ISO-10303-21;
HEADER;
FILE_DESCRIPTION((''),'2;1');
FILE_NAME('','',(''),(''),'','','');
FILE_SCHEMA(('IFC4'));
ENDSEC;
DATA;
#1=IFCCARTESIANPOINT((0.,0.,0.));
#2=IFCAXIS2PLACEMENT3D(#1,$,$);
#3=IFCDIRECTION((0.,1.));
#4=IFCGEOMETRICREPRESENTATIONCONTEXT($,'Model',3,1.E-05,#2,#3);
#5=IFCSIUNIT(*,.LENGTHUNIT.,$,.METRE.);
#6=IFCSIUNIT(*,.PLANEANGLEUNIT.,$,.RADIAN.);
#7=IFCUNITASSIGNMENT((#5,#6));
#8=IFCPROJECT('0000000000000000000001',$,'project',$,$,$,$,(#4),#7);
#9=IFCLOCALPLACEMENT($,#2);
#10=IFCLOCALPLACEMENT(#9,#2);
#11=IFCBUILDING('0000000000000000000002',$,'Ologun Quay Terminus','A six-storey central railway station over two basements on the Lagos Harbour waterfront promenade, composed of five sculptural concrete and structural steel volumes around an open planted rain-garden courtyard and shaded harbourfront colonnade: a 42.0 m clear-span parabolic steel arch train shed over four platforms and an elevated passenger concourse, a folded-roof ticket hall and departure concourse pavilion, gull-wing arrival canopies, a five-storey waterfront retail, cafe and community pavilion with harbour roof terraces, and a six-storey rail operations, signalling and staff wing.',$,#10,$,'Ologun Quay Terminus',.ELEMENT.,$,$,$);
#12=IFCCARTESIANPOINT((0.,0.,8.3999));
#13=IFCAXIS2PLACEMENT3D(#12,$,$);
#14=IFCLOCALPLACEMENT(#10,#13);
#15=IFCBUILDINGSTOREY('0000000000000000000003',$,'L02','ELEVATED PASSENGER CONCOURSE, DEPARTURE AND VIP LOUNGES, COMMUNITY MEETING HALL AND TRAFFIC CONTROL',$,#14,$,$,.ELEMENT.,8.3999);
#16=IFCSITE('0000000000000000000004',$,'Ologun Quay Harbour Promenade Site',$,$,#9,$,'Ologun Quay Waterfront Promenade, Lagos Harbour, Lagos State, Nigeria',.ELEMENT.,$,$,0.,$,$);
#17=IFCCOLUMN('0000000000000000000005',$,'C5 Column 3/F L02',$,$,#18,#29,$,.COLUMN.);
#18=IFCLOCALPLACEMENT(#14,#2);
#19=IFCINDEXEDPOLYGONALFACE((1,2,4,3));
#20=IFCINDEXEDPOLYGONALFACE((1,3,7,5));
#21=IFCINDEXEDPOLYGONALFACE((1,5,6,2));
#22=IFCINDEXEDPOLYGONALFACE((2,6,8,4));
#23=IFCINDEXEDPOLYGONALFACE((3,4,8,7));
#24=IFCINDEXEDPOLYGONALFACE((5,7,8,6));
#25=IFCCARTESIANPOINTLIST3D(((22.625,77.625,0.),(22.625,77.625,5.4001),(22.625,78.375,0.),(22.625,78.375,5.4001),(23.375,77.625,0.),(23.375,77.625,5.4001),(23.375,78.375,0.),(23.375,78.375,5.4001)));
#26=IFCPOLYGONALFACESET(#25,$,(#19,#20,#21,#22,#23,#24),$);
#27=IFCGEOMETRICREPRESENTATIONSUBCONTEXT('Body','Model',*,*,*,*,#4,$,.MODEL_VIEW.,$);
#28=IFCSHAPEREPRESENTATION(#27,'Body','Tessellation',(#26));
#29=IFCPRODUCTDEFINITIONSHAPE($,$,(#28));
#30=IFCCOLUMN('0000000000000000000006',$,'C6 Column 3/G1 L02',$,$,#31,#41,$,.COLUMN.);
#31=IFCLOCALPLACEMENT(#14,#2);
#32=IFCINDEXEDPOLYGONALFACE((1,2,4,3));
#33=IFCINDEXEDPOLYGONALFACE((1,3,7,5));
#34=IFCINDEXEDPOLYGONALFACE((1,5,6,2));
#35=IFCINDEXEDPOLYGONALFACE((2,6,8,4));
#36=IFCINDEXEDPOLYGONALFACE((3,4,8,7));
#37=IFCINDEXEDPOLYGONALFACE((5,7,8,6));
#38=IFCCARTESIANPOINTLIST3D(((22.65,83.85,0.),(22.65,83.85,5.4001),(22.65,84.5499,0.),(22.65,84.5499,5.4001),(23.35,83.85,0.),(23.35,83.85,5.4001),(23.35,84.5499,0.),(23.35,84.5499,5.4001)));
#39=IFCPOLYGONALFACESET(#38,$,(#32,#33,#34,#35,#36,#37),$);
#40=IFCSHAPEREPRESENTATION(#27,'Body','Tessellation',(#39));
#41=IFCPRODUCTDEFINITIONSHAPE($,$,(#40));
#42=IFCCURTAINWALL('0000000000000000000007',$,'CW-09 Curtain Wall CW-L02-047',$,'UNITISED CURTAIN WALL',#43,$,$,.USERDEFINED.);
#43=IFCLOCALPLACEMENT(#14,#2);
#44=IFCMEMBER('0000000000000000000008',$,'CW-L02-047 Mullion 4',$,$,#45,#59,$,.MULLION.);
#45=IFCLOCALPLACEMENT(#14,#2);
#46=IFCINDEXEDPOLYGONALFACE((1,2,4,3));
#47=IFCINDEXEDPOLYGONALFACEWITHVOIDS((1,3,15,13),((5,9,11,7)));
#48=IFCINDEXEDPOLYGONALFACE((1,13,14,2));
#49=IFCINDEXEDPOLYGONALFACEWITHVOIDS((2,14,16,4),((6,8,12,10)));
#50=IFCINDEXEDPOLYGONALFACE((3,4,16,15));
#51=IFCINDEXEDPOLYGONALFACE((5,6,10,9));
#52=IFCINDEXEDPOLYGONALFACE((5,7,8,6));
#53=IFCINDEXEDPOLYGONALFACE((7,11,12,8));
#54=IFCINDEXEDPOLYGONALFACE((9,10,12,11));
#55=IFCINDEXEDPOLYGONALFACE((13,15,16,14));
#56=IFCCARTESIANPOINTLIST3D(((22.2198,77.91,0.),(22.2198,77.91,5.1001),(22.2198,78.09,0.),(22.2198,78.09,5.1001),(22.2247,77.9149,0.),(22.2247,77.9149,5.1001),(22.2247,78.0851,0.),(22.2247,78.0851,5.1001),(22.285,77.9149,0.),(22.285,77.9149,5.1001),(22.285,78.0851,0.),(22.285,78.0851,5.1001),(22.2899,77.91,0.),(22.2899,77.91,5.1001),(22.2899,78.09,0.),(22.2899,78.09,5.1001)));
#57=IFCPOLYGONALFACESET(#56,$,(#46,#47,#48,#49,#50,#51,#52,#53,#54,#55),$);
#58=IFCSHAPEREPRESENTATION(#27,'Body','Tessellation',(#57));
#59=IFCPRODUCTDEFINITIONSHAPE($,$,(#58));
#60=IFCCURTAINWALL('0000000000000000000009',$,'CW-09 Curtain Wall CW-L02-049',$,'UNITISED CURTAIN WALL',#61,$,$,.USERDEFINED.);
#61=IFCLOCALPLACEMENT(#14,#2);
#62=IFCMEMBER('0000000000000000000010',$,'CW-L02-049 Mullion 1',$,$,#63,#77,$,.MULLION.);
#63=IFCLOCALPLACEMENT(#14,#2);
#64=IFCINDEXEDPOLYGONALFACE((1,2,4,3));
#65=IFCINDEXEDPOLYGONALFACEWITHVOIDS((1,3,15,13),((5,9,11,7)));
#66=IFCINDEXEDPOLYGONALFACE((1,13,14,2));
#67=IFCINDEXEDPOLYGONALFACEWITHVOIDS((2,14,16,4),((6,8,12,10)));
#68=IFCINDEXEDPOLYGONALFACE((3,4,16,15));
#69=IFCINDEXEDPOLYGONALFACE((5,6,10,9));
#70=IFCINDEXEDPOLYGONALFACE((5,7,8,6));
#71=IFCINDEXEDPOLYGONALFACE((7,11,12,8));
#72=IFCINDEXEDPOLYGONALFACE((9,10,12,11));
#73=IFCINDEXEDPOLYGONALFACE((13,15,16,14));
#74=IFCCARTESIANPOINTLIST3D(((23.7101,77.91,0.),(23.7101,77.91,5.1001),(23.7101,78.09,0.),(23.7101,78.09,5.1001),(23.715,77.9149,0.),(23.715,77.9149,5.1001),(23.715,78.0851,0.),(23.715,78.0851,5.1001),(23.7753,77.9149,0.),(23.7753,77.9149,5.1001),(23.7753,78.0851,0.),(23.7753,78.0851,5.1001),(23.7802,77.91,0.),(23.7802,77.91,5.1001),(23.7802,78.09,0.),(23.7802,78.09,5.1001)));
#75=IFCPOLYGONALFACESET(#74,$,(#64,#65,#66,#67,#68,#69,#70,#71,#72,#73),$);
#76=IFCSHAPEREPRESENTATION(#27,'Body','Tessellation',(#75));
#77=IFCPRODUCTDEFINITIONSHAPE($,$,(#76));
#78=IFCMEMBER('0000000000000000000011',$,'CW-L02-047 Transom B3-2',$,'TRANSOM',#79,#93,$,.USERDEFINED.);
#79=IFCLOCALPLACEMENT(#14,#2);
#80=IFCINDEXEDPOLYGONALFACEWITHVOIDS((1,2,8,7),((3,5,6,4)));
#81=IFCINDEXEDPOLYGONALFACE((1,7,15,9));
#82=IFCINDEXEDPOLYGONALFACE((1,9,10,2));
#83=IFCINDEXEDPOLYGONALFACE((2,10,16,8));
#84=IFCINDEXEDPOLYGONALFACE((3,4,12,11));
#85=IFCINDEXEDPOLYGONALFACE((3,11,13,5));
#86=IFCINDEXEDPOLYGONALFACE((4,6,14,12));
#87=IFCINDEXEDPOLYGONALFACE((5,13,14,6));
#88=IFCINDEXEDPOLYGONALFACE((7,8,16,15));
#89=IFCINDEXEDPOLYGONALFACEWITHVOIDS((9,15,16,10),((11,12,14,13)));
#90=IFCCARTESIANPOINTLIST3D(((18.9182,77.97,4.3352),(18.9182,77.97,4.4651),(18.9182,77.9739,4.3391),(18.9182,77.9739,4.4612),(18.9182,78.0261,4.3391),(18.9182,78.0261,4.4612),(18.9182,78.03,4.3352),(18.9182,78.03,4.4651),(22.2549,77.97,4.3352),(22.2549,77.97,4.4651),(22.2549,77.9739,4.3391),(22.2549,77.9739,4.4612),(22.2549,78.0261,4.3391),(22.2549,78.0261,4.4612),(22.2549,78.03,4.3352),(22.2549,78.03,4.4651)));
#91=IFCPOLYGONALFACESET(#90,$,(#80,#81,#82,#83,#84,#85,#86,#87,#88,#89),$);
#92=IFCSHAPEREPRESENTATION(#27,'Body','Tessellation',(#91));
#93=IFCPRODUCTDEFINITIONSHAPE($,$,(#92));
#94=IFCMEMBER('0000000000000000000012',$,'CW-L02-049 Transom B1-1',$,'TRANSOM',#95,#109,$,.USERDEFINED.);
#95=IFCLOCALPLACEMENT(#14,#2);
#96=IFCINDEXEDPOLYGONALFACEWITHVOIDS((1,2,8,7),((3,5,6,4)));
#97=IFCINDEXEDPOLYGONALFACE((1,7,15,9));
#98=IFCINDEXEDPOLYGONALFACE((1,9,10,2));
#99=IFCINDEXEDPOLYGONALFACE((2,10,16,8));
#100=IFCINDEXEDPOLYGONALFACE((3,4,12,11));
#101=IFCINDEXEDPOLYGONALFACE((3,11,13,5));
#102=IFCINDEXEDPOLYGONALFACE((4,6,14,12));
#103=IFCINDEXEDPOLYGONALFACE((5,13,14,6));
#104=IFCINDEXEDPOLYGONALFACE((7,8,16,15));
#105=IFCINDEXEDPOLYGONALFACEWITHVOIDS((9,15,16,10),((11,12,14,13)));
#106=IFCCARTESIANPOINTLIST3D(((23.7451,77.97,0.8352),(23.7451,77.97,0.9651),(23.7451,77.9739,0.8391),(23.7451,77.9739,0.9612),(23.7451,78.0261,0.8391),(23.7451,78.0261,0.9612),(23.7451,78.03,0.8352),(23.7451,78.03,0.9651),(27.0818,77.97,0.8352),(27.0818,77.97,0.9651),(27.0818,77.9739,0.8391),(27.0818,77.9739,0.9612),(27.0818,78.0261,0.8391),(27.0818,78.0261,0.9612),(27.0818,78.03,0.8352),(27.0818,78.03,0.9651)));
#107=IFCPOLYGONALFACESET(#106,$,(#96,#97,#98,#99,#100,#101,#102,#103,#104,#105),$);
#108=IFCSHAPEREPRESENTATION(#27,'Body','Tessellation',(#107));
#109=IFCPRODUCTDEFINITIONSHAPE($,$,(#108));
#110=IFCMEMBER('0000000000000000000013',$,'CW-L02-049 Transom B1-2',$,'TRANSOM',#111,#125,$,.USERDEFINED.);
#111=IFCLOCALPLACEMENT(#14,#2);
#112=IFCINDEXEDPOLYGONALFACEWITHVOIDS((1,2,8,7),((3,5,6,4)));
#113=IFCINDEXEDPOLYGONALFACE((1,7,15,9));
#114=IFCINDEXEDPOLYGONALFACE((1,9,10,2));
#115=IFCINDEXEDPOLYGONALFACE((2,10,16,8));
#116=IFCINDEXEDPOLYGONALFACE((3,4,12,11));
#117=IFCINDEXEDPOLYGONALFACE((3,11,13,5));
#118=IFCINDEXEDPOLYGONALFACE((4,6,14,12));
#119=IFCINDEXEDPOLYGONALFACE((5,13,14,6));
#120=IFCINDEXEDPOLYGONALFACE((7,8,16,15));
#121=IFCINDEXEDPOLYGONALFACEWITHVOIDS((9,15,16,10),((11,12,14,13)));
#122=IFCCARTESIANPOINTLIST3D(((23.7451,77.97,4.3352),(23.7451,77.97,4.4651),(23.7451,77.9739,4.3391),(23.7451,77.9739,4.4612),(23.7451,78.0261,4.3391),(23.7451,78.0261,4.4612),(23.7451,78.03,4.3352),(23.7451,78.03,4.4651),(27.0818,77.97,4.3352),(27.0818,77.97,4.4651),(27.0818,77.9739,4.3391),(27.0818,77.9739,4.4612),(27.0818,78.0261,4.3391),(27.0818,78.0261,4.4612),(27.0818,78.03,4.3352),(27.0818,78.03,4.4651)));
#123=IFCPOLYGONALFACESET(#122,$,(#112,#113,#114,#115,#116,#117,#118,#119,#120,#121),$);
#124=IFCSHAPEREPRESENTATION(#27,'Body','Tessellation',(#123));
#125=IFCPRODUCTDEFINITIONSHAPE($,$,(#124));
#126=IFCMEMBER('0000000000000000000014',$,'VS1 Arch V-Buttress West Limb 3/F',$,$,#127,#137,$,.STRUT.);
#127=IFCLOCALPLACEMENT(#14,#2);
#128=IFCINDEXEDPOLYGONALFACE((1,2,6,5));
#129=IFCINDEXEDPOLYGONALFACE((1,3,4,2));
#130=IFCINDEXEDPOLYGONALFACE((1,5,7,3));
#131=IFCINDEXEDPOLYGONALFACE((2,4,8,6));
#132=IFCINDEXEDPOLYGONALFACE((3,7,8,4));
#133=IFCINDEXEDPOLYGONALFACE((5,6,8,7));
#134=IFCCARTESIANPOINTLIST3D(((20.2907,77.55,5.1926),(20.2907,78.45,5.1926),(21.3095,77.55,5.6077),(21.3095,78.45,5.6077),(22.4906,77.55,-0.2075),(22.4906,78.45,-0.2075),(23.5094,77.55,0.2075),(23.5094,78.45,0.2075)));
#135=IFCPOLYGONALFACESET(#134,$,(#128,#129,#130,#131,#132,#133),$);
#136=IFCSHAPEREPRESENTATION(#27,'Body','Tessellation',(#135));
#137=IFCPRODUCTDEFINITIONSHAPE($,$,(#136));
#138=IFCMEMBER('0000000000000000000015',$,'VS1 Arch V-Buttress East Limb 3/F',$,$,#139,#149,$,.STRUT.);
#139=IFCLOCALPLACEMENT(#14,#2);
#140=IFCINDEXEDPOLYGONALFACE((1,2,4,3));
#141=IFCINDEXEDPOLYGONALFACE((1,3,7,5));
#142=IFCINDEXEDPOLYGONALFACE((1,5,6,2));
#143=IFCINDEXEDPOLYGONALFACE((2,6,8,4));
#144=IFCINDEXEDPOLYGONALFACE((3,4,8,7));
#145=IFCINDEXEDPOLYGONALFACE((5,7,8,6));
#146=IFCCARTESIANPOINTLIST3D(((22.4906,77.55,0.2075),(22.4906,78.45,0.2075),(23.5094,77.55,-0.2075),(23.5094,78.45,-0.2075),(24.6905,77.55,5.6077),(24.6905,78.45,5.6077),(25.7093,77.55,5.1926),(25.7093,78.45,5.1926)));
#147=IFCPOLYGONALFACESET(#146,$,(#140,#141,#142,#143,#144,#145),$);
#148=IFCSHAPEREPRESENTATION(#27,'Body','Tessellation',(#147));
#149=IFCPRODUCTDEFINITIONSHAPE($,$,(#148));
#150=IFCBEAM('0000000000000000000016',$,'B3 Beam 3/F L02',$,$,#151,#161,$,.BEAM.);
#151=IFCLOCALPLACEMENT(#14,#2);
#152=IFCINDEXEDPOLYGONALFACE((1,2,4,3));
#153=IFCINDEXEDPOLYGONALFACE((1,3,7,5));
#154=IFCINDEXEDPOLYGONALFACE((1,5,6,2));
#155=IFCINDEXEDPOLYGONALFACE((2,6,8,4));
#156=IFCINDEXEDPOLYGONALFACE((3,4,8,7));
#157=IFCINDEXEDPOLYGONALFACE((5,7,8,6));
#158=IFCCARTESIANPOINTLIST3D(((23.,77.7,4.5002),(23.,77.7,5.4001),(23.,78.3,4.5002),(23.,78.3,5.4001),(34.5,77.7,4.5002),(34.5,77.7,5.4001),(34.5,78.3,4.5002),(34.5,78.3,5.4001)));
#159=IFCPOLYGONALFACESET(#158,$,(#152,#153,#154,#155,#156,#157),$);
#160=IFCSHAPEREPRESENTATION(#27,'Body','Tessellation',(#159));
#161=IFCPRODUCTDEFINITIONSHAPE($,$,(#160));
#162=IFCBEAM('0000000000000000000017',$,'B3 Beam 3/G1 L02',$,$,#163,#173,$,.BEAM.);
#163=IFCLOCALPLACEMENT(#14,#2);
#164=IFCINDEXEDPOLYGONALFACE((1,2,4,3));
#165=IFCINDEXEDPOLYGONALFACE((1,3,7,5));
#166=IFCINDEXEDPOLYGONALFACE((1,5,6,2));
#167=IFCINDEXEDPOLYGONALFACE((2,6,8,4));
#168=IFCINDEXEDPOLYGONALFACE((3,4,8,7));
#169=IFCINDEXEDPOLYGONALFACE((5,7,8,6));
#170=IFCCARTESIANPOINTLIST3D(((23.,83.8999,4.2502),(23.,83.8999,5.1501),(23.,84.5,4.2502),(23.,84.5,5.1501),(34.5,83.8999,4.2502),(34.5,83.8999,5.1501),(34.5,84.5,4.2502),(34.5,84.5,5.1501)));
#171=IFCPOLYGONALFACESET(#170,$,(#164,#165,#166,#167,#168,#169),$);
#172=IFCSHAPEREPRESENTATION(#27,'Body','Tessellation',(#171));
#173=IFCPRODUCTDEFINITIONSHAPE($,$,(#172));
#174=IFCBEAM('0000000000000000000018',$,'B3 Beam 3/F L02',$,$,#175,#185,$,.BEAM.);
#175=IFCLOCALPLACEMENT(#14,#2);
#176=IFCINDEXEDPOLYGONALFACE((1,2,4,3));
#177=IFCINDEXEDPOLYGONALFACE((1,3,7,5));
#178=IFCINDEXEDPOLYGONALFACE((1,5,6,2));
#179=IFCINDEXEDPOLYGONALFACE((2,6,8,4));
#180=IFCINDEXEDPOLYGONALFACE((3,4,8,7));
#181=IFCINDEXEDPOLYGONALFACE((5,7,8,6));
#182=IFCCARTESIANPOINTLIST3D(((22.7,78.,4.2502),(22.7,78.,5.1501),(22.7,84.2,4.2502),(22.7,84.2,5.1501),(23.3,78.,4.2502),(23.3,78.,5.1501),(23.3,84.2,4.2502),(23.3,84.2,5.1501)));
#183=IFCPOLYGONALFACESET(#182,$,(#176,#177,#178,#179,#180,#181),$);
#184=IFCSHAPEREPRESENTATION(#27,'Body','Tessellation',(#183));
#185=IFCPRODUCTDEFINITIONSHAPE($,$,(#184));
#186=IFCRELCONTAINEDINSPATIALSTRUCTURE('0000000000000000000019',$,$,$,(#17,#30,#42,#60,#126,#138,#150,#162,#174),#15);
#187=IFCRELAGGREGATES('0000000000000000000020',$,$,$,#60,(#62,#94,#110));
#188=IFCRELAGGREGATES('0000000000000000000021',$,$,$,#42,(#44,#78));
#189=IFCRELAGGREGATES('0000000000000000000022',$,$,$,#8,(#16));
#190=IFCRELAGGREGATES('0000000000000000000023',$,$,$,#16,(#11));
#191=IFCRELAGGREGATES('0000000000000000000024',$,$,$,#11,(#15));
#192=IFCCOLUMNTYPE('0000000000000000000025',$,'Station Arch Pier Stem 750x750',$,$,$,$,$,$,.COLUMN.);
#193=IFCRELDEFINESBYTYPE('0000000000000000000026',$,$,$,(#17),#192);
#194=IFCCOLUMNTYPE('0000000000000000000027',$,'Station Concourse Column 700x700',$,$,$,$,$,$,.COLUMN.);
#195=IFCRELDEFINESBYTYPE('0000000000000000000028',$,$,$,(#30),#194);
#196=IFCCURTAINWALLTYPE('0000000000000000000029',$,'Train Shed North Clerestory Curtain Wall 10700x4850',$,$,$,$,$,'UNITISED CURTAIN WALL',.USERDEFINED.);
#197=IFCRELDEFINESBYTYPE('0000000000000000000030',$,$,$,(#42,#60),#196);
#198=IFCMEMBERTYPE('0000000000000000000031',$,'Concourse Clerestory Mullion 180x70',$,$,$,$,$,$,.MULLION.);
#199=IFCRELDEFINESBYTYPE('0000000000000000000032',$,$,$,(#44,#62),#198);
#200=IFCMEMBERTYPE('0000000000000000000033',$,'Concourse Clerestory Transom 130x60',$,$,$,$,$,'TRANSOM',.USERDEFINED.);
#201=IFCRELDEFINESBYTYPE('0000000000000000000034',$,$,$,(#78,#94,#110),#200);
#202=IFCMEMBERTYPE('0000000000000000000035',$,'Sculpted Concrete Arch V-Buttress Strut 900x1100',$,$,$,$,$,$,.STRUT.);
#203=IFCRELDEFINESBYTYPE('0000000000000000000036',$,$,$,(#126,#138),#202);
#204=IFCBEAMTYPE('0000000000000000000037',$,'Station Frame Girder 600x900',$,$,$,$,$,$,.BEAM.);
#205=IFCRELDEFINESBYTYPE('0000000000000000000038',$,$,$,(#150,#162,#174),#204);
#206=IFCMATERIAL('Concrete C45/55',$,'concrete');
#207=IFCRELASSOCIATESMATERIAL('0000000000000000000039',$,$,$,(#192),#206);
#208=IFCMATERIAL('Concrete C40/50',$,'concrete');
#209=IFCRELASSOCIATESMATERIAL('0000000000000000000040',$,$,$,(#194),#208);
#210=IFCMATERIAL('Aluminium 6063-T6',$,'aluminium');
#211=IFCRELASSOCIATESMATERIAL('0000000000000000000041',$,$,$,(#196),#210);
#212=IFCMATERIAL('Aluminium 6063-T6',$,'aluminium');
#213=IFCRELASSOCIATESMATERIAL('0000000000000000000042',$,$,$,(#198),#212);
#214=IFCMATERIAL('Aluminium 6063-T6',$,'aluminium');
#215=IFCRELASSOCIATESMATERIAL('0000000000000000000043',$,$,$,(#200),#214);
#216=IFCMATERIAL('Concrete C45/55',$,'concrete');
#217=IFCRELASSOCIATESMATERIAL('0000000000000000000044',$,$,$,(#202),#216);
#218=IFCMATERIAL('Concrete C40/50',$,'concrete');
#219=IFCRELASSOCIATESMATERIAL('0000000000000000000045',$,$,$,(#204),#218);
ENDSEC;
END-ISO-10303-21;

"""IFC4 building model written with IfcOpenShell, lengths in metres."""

from ifc_helpers import new_model, si_unit, direction, frame, origin, origin_2d, place, context, subcontext, project, spatial, rectangle, hollow_rectangle, extrude, material, material_profile, profile_set, type_object, element, aggregate, save


model = new_model("IFC4")

# Units and contexts
model_context = context("Model", 3, precision=1e-05, world=origin(), true_north=direction((0.0, 1.0)))
body_context = subcontext(model_context, "Body", "Model", "MODEL_VIEW")
ifc_project = project(units=[si_unit("LENGTHUNIT", "METRE"), si_unit("PLANEANGLEUNIT", "RADIAN")], contexts=[model_context])

# Site, building, storey
site_placement = place(None, origin())
site = spatial("IfcSite", under=ifc_project, at=site_placement, Name="Ologun Quay Harbour Promenade Site", LongName="Ologun Quay Waterfront Promenade, Lagos Harbour, Lagos State, Nigeria", CompositionType="ELEMENT", RefElevation=0.0)
building_placement = place(site_placement, origin())
building = spatial("IfcBuilding", under=site, at=building_placement, Name="Ologun Quay Terminus", Description="A six-storey central railway station over two basements on the Lagos Harbour waterfront promenade, composed of five sculptural concrete and structural steel volumes around an open planted rain-garden courtyard and shaded harbourfront colonnade: a 42.0 m clear-span parabolic steel arch train shed over four platforms and an elevated passenger concourse, a folded-roof ticket hall and departure concourse pavilion, gull-wing arrival canopies, a five-storey waterfront retail, cafe and community pavilion with harbour roof terraces, and a six-storey rail operations, signalling and staff wing.", LongName="Ologun Quay Terminus", CompositionType="ELEMENT")
storey_placement = place(building_placement, frame((0.0, 0.0, 8.3999)))
storey = spatial("IfcBuildingStorey", under=building, at=storey_placement, Name="L02", Description="ELEVATED PASSENGER CONCOURSE, DEPARTURE AND VIP LOUNGES, COMMUNITY MEETING HALL AND TRAFFIC CONTROL", CompositionType="ELEMENT", Elevation=8.3999)

# Columns
ifc_material_1 = material(Name="Concrete C45/55", Category="concrete")
ifc_material_profile_1 = material_profile(ifc_material_1, rectangle(XDim=0.75, YDim=0.75, at=origin_2d()), Name="RC 750x750")
ifc_profile_set_1 = profile_set([ifc_material_profile_1], Name="Concrete C45/55")
column_type_1 = type_object("IfcColumnType", Name="Station Arch Pier Stem 750x750", PredefinedType="COLUMN", material=ifc_profile_set_1)
column_1_placement = place(storey_placement, frame((23.0, 78.0, 0.0), z_axis=(0.0, 0.0, 1.0), x_axis=(1.0, 0.0, 0.0)))
element("IfcColumn", 1, at=column_1_placement, inside=storey, type_object=column_type_1, Name="C5 Column 3/F L02", PredefinedType="COLUMN", context=body_context, shape_type="SweptSolid", body=[
    extrude(rectangle(XDim=0.75, YDim=0.75, at=origin_2d()), origin(), (0.0, 0.0, 1.0), 5.4001),
])
ifc_material_2 = material(Name="Concrete C40/50", Category="concrete")
ifc_material_profile_2 = material_profile(ifc_material_2, rectangle(XDim=0.7, YDim=0.7, at=origin_2d()), Name="RC 700x700")
ifc_profile_set_2 = profile_set([ifc_material_profile_2], Name="Concrete C40/50")
column_type_2 = type_object("IfcColumnType", Name="Station Concourse Column 700x700", PredefinedType="COLUMN", material=ifc_profile_set_2)
column_2_placement = place(storey_placement, frame((23.0, 84.2, 0.0), z_axis=(0.0, 0.0, 1.0), x_axis=(1.0, 0.0, 0.0)))
element("IfcColumn", 2, at=column_2_placement, inside=storey, type_object=column_type_2, Name="C6 Column 3/G1 L02", PredefinedType="COLUMN", context=body_context, shape_type="SweptSolid", body=[
    extrude(rectangle(XDim=0.7, YDim=0.7, at=origin_2d()), origin(), (0.0, 0.0, 1.0), 5.4001),
])

# Curtain walls, members
ifc_material_3 = material(Name="Aluminium 6063-T6", Category="aluminium")
curtain_wall_type = type_object("IfcCurtainWallType", Name="Train Shed North Clerestory Curtain Wall 10700x4850", ElementType="UNITISED CURTAIN WALL", PredefinedType="USERDEFINED", material=ifc_material_3)
curtain_wall_1_placement = place(storey_placement, origin())
curtain_wall_1 = element("IfcCurtainWall", 3, at=curtain_wall_1_placement, inside=storey, type_object=curtain_wall_type, Name="CW-09 Curtain Wall CW-L02-047", ObjectType="UNITISED CURTAIN WALL", PredefinedType="USERDEFINED")
ifc_material_4 = material(Name="Aluminium 6063-T6", Category="aluminium")
ifc_material_profile_3 = material_profile(ifc_material_4, hollow_rectangle(XDim=0.0701, YDim=0.1799, WallThickness=0.0049, at=origin_2d()), Name="ALU 180x70x5")
ifc_profile_set_3 = profile_set([ifc_material_profile_3], Name="Aluminium 6063-T6")
member_type_1 = type_object("IfcMemberType", Name="Concourse Clerestory Mullion 180x70", PredefinedType="MULLION", material=ifc_profile_set_3)
member_1_placement = place(storey_placement, frame((22.2549, 78.0, 0.0), z_axis=(0.0, 0.0, 1.0), x_axis=(1.0, 0.0, 0.0)))
member_1 = element("IfcMember", 4, at=member_1_placement, type_object=member_type_1, Name="CW-L02-047 Mullion 4", PredefinedType="MULLION", context=body_context, shape_type="SweptSolid", body=[
    extrude(hollow_rectangle(XDim=0.0701, YDim=0.1799, WallThickness=0.0049, at=origin_2d()), origin(), (0.0, 0.0, 1.0), 5.1001),
])
curtain_wall_2_placement = place(storey_placement, origin())
curtain_wall_2 = element("IfcCurtainWall", 5, at=curtain_wall_2_placement, inside=storey, type_object=curtain_wall_type, Name="CW-09 Curtain Wall CW-L02-049", ObjectType="UNITISED CURTAIN WALL", PredefinedType="USERDEFINED")
member_2_placement = place(storey_placement, frame((23.7451, 78.0, 0.0), z_axis=(0.0, 0.0, 1.0), x_axis=(1.0, 0.0, 0.0)))
member_2 = element("IfcMember", 6, at=member_2_placement, type_object=member_type_1, Name="CW-L02-049 Mullion 1", PredefinedType="MULLION", context=body_context, shape_type="SweptSolid", body=[
    extrude(hollow_rectangle(XDim=0.0701, YDim=0.1799, WallThickness=0.0049, at=origin_2d()), origin(), (0.0, 0.0, 1.0), 5.1001),
])

# Members
ifc_material_5 = material(Name="Aluminium 6063-T6", Category="aluminium")
ifc_material_profile_4 = material_profile(ifc_material_5, hollow_rectangle(XDim=0.0601, YDim=0.1299, WallThickness=0.0039, at=origin_2d()), Name="ALU 130x60x4")
ifc_profile_set_4 = profile_set([ifc_material_profile_4], Name="Aluminium 6063-T6")
member_type_2 = type_object("IfcMemberType", Name="Concourse Clerestory Transom 130x60", ElementType="TRANSOM", PredefinedType="USERDEFINED", material=ifc_profile_set_4)
member_3_placement = place(storey_placement, frame((18.9182, 78.0, 4.4001), z_axis=(1.0, 0.0, 0.0), x_axis=(0.0, 1.0, 0.0)))
member_3 = element("IfcMember", 7, at=member_3_placement, type_object=member_type_2, Name="CW-L02-047 Transom B3-2", ObjectType="TRANSOM", PredefinedType="USERDEFINED", context=body_context, shape_type="SweptSolid", body=[
    extrude(hollow_rectangle(XDim=0.0601, YDim=0.1299, WallThickness=0.0039, at=origin_2d()), origin(), (0.0, 0.0, 1.0), 3.3367),
])
member_4_placement = place(storey_placement, frame((23.7451, 78.0, 0.9001), z_axis=(1.0, 0.0, 0.0), x_axis=(0.0, 1.0, 0.0)))
member_4 = element("IfcMember", 8, at=member_4_placement, type_object=member_type_2, Name="CW-L02-049 Transom B1-1", ObjectType="TRANSOM", PredefinedType="USERDEFINED", context=body_context, shape_type="SweptSolid", body=[
    extrude(hollow_rectangle(XDim=0.0601, YDim=0.1299, WallThickness=0.0039, at=origin_2d()), origin(), (0.0, 0.0, 1.0), 3.3367),
])
member_5_placement = place(storey_placement, frame((23.7451, 78.0, 4.4001), z_axis=(1.0, 0.0, 0.0), x_axis=(0.0, 1.0, 0.0)))
member_5 = element("IfcMember", 9, at=member_5_placement, type_object=member_type_2, Name="CW-L02-049 Transom B1-2", ObjectType="TRANSOM", PredefinedType="USERDEFINED", context=body_context, shape_type="SweptSolid", body=[
    extrude(hollow_rectangle(XDim=0.0601, YDim=0.1299, WallThickness=0.0039, at=origin_2d()), origin(), (0.0, 0.0, 1.0), 3.3367),
])
aggregate(curtain_wall_2, [member_2, member_4, member_5])

# Members
ifc_material_6 = material(Name="Concrete C45/55", Category="concrete")
ifc_material_profile_5 = material_profile(ifc_material_6, rectangle(XDim=0.8999, YDim=1.1001, at=origin_2d()), Name="RC 900x1100")
ifc_profile_set_5 = profile_set([ifc_material_profile_5], Name="Concrete C45/55")
member_type_3 = type_object("IfcMemberType", Name="Sculpted Concrete Arch V-Buttress Strut 900x1100", PredefinedType="STRUT", material=ifc_profile_set_5)
for number, where, z_axis, x_axis, name in (
    (10, (23.0, 78.0, 0.0), (-0.377281, 0.0, 0.926099), (0.0, -1.0, 0.0), "VS1 Arch V-Buttress West Limb 3/F"),
    (11, (23.0, 78.0, 0.0), (0.377281, 0.0, 0.926099), (0.0, 1.0, 0.0), "VS1 Arch V-Buttress East Limb 3/F"),
):
    element("IfcMember", number, at=place(storey_placement, frame(where, z_axis=z_axis, x_axis=x_axis)), inside=storey, type_object=member_type_3, Name=name, PredefinedType="STRUT", context=body_context, shape_type="SweptSolid", body=[
        extrude(rectangle(XDim=0.8999, YDim=1.1001, at=origin_2d()), origin(), (0.0, 0.0, 1.0), 5.8311),
    ])

# Beams
ifc_material_7 = material(Name="Concrete C40/50", Category="concrete")
ifc_material_profile_6 = material_profile(ifc_material_7, rectangle(XDim=0.6001, YDim=0.8999, at=origin_2d()), Name="RC 600x900")
ifc_profile_set_6 = profile_set([ifc_material_profile_6], Name="Concrete C40/50")
beam_type_1 = type_object("IfcBeamType", Name="Station Frame Girder 600x900", PredefinedType="BEAM", material=ifc_profile_set_6)
for number, where, z_axis, x_axis, name in (
    (12, (23.0, 78.0, 4.9502), (1.0, 0.0, 0.0), (0.0, 1.0, 0.0), "B3 Beam 3/F L02"),
    (13, (23.0, 84.2, 4.7002), (1.0, 0.0, 0.0), (0.0, 1.0, 0.0), "B3 Beam 3/G1 L02"),
):
    element("IfcBeam", number, at=place(storey_placement, frame(where, z_axis=z_axis, x_axis=x_axis)), inside=storey, type_object=beam_type_1, Name=name, PredefinedType="BEAM", context=body_context, shape_type="SweptSolid", body=[
        extrude(rectangle(XDim=0.6001, YDim=0.8999, at=origin_2d()), origin(), (0.0, 0.0, 1.0), 11.5),
    ])
beam_1_placement = place(storey_placement, frame((23.0, 78.0, 4.7002), z_axis=(0.0, 1.0, 0.0), x_axis=(-1.0, 0.0, 0.0)))
element("IfcBeam", 14, at=beam_1_placement, inside=storey, type_object=beam_type_1, Name="B3 Beam 3/F L02", PredefinedType="BEAM", context=body_context, shape_type="SweptSolid", body=[
    extrude(rectangle(XDim=0.6001, YDim=0.8999, at=origin_2d()), origin(), (0.0, 0.0, 1.0), 6.2),
])

aggregate(curtain_wall_1, [member_1, member_3])

save(model, "model.ifc")
